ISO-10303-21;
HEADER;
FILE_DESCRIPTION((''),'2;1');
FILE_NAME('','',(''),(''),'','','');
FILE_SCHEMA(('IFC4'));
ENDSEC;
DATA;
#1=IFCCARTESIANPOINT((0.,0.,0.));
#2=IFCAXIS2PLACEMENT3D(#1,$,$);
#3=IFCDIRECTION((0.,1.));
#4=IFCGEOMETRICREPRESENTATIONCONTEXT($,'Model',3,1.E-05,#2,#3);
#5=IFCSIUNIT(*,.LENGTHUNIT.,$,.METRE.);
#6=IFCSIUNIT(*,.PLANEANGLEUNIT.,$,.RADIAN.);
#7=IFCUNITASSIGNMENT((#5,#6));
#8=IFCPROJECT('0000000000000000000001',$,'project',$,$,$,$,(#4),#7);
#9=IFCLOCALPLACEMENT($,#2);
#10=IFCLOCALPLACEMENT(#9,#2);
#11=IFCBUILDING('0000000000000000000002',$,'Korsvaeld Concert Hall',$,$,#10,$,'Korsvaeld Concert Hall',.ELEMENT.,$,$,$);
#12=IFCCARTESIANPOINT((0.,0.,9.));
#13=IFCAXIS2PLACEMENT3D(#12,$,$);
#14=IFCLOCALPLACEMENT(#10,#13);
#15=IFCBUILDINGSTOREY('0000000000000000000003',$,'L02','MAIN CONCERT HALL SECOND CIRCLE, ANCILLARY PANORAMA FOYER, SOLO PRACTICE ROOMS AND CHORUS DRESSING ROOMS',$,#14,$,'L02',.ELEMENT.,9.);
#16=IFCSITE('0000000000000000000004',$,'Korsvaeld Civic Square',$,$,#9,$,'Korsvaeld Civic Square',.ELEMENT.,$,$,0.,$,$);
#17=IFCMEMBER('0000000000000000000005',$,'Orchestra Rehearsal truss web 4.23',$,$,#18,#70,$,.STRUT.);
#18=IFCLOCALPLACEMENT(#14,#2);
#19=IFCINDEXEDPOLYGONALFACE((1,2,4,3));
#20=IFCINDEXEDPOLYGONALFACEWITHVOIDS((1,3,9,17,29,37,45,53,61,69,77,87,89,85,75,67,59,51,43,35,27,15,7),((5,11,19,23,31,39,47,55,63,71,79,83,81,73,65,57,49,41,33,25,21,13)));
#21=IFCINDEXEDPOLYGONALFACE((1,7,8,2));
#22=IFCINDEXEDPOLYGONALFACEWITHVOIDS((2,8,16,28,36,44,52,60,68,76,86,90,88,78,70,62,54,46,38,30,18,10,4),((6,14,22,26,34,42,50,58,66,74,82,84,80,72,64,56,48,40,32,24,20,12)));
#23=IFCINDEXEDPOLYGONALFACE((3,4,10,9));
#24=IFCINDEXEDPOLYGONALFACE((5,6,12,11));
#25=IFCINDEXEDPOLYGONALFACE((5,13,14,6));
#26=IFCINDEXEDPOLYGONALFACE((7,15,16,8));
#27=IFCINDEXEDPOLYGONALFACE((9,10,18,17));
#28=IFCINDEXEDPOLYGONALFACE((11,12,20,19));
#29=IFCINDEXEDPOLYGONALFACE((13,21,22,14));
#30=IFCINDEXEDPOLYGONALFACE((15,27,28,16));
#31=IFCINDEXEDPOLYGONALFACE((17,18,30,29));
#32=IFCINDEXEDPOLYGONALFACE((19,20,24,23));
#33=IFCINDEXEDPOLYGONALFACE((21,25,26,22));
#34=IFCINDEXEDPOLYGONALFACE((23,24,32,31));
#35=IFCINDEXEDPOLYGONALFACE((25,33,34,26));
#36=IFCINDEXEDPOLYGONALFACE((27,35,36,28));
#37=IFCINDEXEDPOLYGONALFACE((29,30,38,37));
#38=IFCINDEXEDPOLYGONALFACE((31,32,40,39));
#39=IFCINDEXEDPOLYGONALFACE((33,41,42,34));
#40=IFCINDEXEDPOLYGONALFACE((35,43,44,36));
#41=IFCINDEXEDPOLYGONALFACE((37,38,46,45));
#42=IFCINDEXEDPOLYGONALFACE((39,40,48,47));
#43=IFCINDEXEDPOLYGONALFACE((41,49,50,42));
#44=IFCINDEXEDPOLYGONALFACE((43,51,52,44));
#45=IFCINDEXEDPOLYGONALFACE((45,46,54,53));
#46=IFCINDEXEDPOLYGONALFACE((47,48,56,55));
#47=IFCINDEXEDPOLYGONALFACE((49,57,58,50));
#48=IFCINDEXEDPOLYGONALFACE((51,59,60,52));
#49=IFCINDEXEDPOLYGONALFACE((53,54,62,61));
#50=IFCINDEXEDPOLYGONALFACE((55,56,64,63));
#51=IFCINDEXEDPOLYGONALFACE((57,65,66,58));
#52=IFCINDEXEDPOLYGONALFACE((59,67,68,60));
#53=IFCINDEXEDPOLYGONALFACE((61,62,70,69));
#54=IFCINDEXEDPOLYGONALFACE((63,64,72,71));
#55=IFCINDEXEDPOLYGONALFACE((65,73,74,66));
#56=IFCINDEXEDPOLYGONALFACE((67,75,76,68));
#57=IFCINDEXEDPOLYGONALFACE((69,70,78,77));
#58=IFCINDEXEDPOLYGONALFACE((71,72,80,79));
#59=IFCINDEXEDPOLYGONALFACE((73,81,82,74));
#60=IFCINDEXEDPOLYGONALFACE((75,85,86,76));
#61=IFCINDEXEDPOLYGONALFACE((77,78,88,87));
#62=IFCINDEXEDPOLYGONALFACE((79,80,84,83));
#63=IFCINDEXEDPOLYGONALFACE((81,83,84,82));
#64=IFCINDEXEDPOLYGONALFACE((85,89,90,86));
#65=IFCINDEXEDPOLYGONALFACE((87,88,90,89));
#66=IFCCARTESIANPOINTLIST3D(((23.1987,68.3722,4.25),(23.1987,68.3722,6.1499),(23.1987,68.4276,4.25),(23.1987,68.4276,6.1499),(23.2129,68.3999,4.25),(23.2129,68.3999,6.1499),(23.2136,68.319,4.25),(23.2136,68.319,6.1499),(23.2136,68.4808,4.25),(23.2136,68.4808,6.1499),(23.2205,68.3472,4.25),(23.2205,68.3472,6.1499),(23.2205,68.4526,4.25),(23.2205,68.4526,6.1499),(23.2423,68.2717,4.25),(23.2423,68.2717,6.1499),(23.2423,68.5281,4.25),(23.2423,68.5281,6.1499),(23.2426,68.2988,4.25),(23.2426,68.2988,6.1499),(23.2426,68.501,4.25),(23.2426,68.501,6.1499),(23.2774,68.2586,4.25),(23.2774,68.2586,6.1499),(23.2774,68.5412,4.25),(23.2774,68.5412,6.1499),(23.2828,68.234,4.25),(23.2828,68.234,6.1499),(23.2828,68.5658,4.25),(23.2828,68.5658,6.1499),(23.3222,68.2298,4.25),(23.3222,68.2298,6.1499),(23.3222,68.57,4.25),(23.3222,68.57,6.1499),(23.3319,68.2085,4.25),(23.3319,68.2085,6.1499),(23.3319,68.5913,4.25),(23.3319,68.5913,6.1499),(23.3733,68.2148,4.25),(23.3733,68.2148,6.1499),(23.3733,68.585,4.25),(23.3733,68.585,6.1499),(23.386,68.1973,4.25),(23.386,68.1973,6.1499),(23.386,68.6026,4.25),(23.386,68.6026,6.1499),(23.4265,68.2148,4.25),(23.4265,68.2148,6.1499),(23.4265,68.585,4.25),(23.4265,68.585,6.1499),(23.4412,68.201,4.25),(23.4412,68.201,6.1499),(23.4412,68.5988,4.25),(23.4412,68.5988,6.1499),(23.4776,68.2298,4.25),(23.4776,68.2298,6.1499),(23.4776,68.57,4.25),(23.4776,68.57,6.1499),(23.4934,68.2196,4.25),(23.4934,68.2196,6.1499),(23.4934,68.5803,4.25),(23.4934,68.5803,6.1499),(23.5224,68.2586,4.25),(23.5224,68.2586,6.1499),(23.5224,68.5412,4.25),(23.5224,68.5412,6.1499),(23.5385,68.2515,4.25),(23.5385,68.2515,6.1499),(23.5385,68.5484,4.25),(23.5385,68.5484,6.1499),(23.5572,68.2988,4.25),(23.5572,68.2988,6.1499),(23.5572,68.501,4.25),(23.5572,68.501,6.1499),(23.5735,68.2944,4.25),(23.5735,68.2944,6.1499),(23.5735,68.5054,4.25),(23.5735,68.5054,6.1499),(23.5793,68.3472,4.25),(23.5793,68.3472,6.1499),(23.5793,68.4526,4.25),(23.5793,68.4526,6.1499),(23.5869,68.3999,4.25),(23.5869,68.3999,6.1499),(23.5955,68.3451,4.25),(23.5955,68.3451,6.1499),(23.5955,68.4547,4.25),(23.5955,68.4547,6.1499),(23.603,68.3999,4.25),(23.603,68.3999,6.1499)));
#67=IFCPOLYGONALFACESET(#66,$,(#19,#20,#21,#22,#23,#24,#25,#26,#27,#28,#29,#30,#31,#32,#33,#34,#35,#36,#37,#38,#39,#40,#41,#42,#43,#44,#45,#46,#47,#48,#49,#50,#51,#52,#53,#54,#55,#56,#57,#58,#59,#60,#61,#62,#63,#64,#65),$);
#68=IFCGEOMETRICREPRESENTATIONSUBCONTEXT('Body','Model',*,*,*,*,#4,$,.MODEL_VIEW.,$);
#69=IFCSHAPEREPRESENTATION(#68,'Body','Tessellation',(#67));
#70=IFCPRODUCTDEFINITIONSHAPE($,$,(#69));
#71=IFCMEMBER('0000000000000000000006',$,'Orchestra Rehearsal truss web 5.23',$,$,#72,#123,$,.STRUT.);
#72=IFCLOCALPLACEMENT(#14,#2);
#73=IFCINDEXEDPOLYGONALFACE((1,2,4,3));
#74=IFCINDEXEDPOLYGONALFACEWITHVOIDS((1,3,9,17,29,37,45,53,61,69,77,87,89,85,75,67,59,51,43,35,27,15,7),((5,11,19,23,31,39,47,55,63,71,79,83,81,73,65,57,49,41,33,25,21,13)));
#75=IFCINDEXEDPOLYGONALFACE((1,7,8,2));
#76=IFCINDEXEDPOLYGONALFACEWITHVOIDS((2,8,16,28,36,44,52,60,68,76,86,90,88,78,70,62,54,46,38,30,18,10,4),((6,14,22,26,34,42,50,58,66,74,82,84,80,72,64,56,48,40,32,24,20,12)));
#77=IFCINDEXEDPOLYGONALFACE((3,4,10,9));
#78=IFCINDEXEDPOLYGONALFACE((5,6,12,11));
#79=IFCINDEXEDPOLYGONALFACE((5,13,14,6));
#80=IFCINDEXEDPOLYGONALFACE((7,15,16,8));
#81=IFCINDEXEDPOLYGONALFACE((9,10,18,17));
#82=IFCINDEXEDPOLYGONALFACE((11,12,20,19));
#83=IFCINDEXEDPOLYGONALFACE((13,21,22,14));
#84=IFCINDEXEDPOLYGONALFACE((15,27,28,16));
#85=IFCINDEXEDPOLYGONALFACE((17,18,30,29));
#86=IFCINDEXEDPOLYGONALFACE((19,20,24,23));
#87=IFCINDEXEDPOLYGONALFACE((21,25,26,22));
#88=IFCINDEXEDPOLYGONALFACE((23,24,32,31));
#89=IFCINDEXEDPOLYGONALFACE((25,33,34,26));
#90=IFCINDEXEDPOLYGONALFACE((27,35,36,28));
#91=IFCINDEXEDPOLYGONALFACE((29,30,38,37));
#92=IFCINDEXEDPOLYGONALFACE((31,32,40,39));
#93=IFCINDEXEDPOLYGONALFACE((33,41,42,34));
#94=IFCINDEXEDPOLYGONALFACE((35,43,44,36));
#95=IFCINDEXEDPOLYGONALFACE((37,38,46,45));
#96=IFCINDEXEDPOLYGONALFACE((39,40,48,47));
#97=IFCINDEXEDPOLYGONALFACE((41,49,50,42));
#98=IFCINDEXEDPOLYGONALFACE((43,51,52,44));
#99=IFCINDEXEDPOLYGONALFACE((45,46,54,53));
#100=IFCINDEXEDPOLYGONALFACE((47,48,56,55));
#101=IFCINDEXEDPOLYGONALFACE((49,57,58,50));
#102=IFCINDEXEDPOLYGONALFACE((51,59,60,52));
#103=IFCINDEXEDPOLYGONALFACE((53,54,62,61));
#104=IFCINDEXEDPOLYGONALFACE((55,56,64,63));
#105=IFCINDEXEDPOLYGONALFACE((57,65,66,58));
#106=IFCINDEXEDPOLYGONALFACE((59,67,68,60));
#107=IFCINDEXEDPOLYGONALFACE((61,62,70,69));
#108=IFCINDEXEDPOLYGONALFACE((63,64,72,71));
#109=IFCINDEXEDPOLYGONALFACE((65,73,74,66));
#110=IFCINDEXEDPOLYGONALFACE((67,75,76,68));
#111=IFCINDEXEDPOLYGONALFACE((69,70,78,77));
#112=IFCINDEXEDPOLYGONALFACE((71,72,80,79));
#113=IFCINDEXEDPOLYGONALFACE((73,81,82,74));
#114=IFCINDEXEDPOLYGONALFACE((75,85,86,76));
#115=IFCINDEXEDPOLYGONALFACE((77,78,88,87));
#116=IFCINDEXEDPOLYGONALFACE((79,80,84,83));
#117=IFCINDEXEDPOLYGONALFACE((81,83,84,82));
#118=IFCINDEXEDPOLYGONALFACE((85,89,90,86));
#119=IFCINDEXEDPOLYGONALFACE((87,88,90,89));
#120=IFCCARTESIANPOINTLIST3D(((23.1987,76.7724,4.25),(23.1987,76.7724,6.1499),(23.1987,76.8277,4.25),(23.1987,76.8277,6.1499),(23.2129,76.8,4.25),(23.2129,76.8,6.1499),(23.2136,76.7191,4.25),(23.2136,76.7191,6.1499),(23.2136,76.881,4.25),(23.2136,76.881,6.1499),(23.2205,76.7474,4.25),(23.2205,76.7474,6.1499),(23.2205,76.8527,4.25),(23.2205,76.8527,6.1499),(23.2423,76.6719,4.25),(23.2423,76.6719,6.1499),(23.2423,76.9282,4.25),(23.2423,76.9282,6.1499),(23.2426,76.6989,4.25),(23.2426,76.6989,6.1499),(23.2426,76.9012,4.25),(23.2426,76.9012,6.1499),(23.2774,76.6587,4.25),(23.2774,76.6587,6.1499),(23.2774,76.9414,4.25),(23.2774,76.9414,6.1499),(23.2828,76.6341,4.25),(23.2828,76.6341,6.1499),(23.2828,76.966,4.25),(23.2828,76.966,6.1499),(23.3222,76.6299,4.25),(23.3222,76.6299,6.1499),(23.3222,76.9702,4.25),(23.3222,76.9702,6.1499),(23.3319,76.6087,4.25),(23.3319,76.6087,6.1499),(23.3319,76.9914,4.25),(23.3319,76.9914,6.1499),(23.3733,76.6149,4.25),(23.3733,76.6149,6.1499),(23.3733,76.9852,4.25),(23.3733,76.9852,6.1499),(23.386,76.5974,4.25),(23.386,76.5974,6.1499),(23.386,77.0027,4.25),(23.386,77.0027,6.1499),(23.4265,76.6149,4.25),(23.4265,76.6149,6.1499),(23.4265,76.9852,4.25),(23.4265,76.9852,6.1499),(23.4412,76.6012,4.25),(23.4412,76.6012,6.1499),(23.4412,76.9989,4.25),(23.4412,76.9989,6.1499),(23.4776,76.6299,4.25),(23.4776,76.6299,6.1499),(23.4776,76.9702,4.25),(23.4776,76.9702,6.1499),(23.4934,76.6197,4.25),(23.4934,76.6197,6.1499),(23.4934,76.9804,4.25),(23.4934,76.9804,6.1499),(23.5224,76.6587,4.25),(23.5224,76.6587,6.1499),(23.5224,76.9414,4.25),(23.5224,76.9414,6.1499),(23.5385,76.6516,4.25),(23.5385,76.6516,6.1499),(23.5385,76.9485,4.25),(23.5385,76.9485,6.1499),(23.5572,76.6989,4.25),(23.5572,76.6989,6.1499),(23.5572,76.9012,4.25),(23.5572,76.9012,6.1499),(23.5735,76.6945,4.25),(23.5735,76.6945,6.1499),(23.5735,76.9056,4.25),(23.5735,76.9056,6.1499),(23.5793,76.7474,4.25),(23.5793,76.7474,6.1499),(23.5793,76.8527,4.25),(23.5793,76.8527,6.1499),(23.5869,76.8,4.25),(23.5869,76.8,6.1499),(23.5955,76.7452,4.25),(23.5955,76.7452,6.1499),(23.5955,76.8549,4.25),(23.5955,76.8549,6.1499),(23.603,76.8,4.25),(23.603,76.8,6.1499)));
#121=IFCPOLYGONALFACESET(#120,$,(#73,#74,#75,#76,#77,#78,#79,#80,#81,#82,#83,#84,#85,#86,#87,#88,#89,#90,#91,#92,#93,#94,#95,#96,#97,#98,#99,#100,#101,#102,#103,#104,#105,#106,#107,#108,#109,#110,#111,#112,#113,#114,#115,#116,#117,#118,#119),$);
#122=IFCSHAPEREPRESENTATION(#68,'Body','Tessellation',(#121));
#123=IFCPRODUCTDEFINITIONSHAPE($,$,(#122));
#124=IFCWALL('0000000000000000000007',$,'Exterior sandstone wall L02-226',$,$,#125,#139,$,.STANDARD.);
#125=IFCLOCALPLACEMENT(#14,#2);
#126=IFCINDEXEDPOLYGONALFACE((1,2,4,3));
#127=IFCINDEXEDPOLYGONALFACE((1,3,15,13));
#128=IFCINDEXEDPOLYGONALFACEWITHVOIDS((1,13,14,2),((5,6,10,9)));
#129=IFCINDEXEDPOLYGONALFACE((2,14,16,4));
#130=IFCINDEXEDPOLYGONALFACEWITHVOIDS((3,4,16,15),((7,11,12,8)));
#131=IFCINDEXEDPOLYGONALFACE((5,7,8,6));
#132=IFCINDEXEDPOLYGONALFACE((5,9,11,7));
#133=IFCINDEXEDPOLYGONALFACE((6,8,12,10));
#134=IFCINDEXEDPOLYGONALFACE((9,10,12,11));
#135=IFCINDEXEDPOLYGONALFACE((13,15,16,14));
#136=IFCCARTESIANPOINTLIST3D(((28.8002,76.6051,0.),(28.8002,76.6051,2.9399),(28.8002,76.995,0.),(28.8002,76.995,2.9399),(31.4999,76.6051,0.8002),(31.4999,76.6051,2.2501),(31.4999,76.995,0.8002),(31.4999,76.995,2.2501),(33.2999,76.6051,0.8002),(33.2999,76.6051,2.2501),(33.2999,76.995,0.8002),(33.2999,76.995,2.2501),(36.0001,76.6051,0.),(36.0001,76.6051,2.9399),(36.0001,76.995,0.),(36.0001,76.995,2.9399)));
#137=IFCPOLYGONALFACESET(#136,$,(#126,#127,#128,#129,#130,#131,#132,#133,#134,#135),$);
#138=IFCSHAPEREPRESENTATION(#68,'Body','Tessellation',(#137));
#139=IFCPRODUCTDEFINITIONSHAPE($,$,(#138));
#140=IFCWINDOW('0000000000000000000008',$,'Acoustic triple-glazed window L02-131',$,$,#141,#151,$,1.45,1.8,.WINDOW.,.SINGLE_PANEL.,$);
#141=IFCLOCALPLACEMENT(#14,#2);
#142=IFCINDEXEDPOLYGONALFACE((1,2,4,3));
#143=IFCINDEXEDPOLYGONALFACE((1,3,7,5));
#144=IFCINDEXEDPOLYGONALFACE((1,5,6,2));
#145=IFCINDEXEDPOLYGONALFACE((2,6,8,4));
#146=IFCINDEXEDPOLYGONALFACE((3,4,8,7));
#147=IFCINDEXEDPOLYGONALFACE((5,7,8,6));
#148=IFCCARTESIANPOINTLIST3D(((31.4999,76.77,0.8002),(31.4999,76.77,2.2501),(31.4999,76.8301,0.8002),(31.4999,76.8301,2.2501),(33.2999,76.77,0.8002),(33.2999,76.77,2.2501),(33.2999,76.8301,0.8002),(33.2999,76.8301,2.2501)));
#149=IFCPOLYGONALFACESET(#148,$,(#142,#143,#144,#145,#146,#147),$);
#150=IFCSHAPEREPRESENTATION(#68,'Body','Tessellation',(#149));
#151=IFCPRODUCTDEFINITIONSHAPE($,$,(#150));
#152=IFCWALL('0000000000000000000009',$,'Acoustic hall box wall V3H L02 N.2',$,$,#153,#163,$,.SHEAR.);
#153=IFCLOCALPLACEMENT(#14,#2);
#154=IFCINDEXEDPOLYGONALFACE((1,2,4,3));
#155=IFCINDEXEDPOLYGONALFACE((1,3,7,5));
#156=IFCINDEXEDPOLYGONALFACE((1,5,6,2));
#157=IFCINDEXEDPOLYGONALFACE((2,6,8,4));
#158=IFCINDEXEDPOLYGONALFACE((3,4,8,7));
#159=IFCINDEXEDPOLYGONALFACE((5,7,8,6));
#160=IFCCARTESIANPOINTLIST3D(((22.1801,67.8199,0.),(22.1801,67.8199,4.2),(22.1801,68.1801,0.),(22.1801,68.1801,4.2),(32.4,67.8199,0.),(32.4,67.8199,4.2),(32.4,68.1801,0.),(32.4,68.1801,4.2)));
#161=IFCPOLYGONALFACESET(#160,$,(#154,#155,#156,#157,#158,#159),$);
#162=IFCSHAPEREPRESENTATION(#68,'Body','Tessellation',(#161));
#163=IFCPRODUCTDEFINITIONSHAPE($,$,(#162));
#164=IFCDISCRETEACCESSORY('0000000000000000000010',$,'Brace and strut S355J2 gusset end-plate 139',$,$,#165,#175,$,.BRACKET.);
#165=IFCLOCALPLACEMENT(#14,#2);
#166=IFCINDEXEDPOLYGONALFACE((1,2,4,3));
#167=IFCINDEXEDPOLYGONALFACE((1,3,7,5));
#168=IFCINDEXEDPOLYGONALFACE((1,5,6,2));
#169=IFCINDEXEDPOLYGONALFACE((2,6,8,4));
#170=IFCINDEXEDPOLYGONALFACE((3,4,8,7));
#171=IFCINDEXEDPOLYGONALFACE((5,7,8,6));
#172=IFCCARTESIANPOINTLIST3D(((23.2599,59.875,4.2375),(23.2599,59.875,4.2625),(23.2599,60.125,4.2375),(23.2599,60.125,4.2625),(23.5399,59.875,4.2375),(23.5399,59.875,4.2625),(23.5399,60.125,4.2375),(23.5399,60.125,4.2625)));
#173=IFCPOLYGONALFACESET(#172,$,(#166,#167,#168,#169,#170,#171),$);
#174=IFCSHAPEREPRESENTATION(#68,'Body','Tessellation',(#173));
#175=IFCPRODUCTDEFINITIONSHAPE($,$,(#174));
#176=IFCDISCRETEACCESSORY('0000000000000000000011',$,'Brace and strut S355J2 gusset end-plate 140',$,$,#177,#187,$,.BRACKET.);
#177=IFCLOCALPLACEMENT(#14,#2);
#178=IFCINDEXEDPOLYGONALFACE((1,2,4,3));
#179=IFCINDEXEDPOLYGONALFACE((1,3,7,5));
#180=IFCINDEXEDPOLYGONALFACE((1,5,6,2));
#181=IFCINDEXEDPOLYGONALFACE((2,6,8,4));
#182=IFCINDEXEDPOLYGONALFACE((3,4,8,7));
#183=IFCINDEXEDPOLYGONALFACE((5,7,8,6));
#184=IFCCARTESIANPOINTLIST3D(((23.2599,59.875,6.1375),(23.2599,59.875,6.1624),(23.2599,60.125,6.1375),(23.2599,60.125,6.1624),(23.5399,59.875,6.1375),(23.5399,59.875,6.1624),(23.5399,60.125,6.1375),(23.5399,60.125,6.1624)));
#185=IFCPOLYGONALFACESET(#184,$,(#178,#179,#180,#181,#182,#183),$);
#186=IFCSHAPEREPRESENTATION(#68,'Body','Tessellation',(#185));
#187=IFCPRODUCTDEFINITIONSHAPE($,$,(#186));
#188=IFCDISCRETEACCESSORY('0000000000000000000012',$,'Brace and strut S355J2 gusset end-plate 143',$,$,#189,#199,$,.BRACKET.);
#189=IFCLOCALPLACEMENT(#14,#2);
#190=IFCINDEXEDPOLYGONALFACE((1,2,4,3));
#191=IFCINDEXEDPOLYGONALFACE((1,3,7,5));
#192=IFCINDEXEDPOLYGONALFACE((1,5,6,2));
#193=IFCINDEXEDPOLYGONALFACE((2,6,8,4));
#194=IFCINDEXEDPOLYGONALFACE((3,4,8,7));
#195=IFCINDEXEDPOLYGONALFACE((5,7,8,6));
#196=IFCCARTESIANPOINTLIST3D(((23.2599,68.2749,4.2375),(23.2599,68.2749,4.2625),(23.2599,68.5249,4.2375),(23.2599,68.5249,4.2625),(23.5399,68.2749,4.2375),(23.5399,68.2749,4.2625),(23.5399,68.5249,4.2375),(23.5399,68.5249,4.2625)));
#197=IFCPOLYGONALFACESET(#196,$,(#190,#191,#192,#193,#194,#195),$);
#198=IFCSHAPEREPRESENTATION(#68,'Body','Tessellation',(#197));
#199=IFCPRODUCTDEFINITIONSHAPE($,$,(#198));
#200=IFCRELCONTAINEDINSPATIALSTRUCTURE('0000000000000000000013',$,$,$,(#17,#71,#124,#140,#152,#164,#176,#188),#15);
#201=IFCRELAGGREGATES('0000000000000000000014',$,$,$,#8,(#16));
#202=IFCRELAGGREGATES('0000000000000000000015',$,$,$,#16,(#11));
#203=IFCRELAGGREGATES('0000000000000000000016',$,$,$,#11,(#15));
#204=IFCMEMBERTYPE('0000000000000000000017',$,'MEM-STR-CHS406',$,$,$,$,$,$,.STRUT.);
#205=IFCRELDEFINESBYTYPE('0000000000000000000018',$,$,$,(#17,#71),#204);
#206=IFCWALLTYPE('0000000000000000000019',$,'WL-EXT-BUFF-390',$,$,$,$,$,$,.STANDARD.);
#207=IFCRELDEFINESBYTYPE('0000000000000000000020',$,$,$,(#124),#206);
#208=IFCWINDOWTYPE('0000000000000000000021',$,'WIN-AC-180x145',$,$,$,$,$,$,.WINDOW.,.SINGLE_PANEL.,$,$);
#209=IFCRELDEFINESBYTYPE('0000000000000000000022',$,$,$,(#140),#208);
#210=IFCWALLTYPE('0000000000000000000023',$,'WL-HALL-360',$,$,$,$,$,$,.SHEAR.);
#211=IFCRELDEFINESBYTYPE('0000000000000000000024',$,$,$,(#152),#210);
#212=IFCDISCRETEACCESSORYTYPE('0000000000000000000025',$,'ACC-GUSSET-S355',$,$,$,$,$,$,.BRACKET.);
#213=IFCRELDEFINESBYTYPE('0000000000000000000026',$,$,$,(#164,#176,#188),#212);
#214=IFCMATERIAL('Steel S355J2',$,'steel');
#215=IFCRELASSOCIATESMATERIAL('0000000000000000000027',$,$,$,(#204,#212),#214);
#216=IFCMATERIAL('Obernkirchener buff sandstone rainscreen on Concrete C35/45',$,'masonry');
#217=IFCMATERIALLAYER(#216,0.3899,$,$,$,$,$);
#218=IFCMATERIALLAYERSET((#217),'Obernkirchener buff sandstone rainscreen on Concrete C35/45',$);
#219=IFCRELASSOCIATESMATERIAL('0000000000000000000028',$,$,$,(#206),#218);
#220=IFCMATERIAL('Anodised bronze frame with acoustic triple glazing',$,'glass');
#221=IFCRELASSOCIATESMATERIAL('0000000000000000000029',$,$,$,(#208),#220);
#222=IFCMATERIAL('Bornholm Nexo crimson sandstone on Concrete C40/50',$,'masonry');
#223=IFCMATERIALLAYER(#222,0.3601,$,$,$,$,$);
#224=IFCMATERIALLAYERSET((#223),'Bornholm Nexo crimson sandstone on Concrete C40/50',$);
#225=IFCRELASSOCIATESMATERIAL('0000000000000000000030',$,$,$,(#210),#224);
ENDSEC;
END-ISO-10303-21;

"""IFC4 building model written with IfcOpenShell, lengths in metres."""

from ifc_helpers import new_model, si_unit, direction, frame, frame_2d, origin, origin_2d, place, context, subcontext, project, spatial, rectangle, hollow_circle, extrude, material, layer, layer_set, material_profile, profile_set, type_object, element, fill, save


model = new_model("IFC4")

# Units and contexts
model_context = context("Model", 3, precision=1e-05, world=origin(), true_north=direction((0.0, 1.0)))
body_context = subcontext(model_context, "Body", "Model", "MODEL_VIEW")
ifc_project = project(units=[si_unit("LENGTHUNIT", "METRE"), si_unit("PLANEANGLEUNIT", "RADIAN")], contexts=[model_context])

# Site, building, storey
site_placement = place(None, origin())
site = spatial("IfcSite", under=ifc_project, at=site_placement, Name="Korsvaeld Civic Square", LongName="Korsvaeld Civic Square", CompositionType="ELEMENT", RefElevation=0.0)
building_placement = place(site_placement, origin())
building = spatial("IfcBuilding", under=site, at=building_placement, Name="Korsvaeld Concert Hall", LongName="Korsvaeld Concert Hall", CompositionType="ELEMENT")
storey_placement = place(building_placement, frame((0.0, 0.0, 9.0)))
storey = spatial("IfcBuildingStorey", under=building, at=storey_placement, Name="L02", Description="MAIN CONCERT HALL SECOND CIRCLE, ANCILLARY PANORAMA FOYER, SOLO PRACTICE ROOMS AND CHORUS DRESSING ROOMS", LongName="L02", CompositionType="ELEMENT", Elevation=9.0)

# Members
ifc_material_1 = material(Name="Steel S355J2", Category="steel")
ifc_material_profile_1 = material_profile(ifc_material_1, hollow_circle(Radius=0.2031, WallThickness=0.0161, at=origin_2d()), Name="CHS 406.4x16")
ifc_profile_set_1 = profile_set([ifc_material_profile_1], Name="Steel S355J2")
member_type_1 = type_object("IfcMemberType", Name="MEM-STR-CHS406", PredefinedType="STRUT", material=ifc_profile_set_1)
for number, where, z_axis, x_axis, name in (
    (1, (23.3999, 68.3999, 4.25), (0.0, 0.0, 1.0), (1.0, 0.0, 0.0), "Orchestra Rehearsal truss web 4.23"),
    (2, (23.3999, 76.8, 4.25), (0.0, 0.0, 1.0), (1.0, 0.0, 0.0), "Orchestra Rehearsal truss web 5.23"),
):
    element("IfcMember", number, at=place(storey_placement, frame(where, z_axis=z_axis, x_axis=x_axis)), inside=storey, type_object=member_type_1, Name=name, PredefinedType="STRUT", context=body_context, shape_type="SweptSolid", body=[
        extrude(hollow_circle(Radius=0.2031, WallThickness=0.0161, at=origin_2d()), origin(), (0.0, 0.0, 1.0), 1.8999),
    ])

# Wall, opening, window
ifc_material_2 = material(Name="Obernkirchener buff sandstone rainscreen on Concrete C35/45", Category="masonry")
ifc_layer_1 = layer(ifc_material_2, 0.3899)
ifc_layer_set_1 = layer_set([ifc_layer_1], Name="Obernkirchener buff sandstone rainscreen on Concrete C35/45")
wall_type_1 = type_object("IfcWallType", Name="WL-EXT-BUFF-390", PredefinedType="STANDARD", material=ifc_layer_set_1)
wall_1_placement = place(storey_placement, frame((28.8, 76.8, 0.0), z_axis=(0.0, 0.0, 1.0), x_axis=(1.0, 0.0, 0.0)))
wall_1 = element("IfcWall", 3, at=wall_1_placement, inside=storey, type_object=wall_type_1, Name="Exterior sandstone wall L02-226", PredefinedType="STANDARD", context=body_context, shape_type="SweptSolid", body=[
    extrude(rectangle(XDim=7.2, YDim=0.3899, at=frame_2d((3.6001, 0.0))), origin(), (0.0, 0.0, 1.0), 2.9399),
])
opening_placement = place(wall_1_placement, frame((2.7, 0.0, 0.8)))
opening = element("IfcOpeningElement", 4, at=opening_placement, cuts=wall_1, PredefinedType="OPENING", context=body_context, shape_type="SweptSolid", body=[
    extrude(rectangle(XDim=1.8, YDim=1.45, at=frame_2d((0.8999, 0.7251))), frame((0.0, 0.2051, 0.0), z_axis=(0.0, -1.0, 0.0), x_axis=(1.0, 0.0, 0.0)), (0.0, 0.0, 1.0), 0.4099),
])
ifc_material_3 = material(Name="Anodised bronze frame with acoustic triple glazing", Category="glass")
window_type = type_object("IfcWindowType", Name="WIN-AC-180x145", PartitioningType="SINGLE_PANEL", PredefinedType="WINDOW", material=ifc_material_3)
window_placement = place(opening_placement, origin())
window = element("IfcWindow", 5, at=window_placement, inside=storey, type_object=window_type, Name="Acoustic triple-glazed window L02-131", OverallHeight=1.45, OverallWidth=1.8, PartitioningType="SINGLE_PANEL", PredefinedType="WINDOW", context=body_context, shape_type="SweptSolid", body=[
    extrude(rectangle(XDim=1.8, YDim=1.45, at=frame_2d((0.8999, 0.7251))), frame((0.0, 0.03, 0.0), z_axis=(0.0, -1.0, 0.0), x_axis=(1.0, 0.0, 0.0)), (0.0, 0.0, 1.0), 0.0601),
])
fill(opening, window)

# Wall
ifc_material_4 = material(Name="Bornholm Nexo crimson sandstone on Concrete C40/50", Category="masonry")
ifc_layer_2 = layer(ifc_material_4, 0.3601)
ifc_layer_set_2 = layer_set([ifc_layer_2], Name="Bornholm Nexo crimson sandstone on Concrete C40/50")
wall_type_2 = type_object("IfcWallType", Name="WL-HALL-360", PredefinedType="SHEAR", material=ifc_layer_set_2)
wall_2_placement = place(storey_placement, frame((32.3999, 68.0, 0.0), z_axis=(0.0, 0.0, 1.0), x_axis=(-1.0, 0.0, 0.0)))
element("IfcWall", 6, at=wall_2_placement, inside=storey, type_object=wall_type_2, Name="Acoustic hall box wall V3H L02 N.2", PredefinedType="SHEAR", context=body_context, shape_type="SweptSolid", body=[
    extrude(rectangle(XDim=10.22, YDim=0.3601, at=frame_2d((5.1099, 0.0))), origin(), (0.0, 0.0, 1.0), 4.2),
])

# Discrete accessories
discrete_accessory_type = type_object("IfcDiscreteAccessoryType", Name="ACC-GUSSET-S355", PredefinedType="BRACKET", material=ifc_material_1)
for number, where, z_axis, x_axis, name in (
    (7, (23.3999, 60.0, 4.2375), (0.0, 0.0, 1.0), (1.0, 0.0, 0.0), "Brace and strut S355J2 gusset end-plate 139"),
    (8, (23.3999, 60.0, 6.1375), (0.0, 0.0, 1.0), (1.0, 0.0, 0.0), "Brace and strut S355J2 gusset end-plate 140"),
    (9, (23.3999, 68.3999, 4.2375), (0.0, 0.0, 1.0), (1.0, 0.0, 0.0), "Brace and strut S355J2 gusset end-plate 143"),
):
    element("IfcDiscreteAccessory", number, at=place(storey_placement, frame(where, z_axis=z_axis, x_axis=x_axis)), inside=storey, type_object=discrete_accessory_type, Name=name, PredefinedType="BRACKET", context=body_context, shape_type="SweptSolid", body=[
        extrude(rectangle(XDim=0.28, YDim=0.25, at=origin_2d()), origin(), (0.0, 0.0, 1.0), 0.0249),
    ])

save(model, "model.ifc")
